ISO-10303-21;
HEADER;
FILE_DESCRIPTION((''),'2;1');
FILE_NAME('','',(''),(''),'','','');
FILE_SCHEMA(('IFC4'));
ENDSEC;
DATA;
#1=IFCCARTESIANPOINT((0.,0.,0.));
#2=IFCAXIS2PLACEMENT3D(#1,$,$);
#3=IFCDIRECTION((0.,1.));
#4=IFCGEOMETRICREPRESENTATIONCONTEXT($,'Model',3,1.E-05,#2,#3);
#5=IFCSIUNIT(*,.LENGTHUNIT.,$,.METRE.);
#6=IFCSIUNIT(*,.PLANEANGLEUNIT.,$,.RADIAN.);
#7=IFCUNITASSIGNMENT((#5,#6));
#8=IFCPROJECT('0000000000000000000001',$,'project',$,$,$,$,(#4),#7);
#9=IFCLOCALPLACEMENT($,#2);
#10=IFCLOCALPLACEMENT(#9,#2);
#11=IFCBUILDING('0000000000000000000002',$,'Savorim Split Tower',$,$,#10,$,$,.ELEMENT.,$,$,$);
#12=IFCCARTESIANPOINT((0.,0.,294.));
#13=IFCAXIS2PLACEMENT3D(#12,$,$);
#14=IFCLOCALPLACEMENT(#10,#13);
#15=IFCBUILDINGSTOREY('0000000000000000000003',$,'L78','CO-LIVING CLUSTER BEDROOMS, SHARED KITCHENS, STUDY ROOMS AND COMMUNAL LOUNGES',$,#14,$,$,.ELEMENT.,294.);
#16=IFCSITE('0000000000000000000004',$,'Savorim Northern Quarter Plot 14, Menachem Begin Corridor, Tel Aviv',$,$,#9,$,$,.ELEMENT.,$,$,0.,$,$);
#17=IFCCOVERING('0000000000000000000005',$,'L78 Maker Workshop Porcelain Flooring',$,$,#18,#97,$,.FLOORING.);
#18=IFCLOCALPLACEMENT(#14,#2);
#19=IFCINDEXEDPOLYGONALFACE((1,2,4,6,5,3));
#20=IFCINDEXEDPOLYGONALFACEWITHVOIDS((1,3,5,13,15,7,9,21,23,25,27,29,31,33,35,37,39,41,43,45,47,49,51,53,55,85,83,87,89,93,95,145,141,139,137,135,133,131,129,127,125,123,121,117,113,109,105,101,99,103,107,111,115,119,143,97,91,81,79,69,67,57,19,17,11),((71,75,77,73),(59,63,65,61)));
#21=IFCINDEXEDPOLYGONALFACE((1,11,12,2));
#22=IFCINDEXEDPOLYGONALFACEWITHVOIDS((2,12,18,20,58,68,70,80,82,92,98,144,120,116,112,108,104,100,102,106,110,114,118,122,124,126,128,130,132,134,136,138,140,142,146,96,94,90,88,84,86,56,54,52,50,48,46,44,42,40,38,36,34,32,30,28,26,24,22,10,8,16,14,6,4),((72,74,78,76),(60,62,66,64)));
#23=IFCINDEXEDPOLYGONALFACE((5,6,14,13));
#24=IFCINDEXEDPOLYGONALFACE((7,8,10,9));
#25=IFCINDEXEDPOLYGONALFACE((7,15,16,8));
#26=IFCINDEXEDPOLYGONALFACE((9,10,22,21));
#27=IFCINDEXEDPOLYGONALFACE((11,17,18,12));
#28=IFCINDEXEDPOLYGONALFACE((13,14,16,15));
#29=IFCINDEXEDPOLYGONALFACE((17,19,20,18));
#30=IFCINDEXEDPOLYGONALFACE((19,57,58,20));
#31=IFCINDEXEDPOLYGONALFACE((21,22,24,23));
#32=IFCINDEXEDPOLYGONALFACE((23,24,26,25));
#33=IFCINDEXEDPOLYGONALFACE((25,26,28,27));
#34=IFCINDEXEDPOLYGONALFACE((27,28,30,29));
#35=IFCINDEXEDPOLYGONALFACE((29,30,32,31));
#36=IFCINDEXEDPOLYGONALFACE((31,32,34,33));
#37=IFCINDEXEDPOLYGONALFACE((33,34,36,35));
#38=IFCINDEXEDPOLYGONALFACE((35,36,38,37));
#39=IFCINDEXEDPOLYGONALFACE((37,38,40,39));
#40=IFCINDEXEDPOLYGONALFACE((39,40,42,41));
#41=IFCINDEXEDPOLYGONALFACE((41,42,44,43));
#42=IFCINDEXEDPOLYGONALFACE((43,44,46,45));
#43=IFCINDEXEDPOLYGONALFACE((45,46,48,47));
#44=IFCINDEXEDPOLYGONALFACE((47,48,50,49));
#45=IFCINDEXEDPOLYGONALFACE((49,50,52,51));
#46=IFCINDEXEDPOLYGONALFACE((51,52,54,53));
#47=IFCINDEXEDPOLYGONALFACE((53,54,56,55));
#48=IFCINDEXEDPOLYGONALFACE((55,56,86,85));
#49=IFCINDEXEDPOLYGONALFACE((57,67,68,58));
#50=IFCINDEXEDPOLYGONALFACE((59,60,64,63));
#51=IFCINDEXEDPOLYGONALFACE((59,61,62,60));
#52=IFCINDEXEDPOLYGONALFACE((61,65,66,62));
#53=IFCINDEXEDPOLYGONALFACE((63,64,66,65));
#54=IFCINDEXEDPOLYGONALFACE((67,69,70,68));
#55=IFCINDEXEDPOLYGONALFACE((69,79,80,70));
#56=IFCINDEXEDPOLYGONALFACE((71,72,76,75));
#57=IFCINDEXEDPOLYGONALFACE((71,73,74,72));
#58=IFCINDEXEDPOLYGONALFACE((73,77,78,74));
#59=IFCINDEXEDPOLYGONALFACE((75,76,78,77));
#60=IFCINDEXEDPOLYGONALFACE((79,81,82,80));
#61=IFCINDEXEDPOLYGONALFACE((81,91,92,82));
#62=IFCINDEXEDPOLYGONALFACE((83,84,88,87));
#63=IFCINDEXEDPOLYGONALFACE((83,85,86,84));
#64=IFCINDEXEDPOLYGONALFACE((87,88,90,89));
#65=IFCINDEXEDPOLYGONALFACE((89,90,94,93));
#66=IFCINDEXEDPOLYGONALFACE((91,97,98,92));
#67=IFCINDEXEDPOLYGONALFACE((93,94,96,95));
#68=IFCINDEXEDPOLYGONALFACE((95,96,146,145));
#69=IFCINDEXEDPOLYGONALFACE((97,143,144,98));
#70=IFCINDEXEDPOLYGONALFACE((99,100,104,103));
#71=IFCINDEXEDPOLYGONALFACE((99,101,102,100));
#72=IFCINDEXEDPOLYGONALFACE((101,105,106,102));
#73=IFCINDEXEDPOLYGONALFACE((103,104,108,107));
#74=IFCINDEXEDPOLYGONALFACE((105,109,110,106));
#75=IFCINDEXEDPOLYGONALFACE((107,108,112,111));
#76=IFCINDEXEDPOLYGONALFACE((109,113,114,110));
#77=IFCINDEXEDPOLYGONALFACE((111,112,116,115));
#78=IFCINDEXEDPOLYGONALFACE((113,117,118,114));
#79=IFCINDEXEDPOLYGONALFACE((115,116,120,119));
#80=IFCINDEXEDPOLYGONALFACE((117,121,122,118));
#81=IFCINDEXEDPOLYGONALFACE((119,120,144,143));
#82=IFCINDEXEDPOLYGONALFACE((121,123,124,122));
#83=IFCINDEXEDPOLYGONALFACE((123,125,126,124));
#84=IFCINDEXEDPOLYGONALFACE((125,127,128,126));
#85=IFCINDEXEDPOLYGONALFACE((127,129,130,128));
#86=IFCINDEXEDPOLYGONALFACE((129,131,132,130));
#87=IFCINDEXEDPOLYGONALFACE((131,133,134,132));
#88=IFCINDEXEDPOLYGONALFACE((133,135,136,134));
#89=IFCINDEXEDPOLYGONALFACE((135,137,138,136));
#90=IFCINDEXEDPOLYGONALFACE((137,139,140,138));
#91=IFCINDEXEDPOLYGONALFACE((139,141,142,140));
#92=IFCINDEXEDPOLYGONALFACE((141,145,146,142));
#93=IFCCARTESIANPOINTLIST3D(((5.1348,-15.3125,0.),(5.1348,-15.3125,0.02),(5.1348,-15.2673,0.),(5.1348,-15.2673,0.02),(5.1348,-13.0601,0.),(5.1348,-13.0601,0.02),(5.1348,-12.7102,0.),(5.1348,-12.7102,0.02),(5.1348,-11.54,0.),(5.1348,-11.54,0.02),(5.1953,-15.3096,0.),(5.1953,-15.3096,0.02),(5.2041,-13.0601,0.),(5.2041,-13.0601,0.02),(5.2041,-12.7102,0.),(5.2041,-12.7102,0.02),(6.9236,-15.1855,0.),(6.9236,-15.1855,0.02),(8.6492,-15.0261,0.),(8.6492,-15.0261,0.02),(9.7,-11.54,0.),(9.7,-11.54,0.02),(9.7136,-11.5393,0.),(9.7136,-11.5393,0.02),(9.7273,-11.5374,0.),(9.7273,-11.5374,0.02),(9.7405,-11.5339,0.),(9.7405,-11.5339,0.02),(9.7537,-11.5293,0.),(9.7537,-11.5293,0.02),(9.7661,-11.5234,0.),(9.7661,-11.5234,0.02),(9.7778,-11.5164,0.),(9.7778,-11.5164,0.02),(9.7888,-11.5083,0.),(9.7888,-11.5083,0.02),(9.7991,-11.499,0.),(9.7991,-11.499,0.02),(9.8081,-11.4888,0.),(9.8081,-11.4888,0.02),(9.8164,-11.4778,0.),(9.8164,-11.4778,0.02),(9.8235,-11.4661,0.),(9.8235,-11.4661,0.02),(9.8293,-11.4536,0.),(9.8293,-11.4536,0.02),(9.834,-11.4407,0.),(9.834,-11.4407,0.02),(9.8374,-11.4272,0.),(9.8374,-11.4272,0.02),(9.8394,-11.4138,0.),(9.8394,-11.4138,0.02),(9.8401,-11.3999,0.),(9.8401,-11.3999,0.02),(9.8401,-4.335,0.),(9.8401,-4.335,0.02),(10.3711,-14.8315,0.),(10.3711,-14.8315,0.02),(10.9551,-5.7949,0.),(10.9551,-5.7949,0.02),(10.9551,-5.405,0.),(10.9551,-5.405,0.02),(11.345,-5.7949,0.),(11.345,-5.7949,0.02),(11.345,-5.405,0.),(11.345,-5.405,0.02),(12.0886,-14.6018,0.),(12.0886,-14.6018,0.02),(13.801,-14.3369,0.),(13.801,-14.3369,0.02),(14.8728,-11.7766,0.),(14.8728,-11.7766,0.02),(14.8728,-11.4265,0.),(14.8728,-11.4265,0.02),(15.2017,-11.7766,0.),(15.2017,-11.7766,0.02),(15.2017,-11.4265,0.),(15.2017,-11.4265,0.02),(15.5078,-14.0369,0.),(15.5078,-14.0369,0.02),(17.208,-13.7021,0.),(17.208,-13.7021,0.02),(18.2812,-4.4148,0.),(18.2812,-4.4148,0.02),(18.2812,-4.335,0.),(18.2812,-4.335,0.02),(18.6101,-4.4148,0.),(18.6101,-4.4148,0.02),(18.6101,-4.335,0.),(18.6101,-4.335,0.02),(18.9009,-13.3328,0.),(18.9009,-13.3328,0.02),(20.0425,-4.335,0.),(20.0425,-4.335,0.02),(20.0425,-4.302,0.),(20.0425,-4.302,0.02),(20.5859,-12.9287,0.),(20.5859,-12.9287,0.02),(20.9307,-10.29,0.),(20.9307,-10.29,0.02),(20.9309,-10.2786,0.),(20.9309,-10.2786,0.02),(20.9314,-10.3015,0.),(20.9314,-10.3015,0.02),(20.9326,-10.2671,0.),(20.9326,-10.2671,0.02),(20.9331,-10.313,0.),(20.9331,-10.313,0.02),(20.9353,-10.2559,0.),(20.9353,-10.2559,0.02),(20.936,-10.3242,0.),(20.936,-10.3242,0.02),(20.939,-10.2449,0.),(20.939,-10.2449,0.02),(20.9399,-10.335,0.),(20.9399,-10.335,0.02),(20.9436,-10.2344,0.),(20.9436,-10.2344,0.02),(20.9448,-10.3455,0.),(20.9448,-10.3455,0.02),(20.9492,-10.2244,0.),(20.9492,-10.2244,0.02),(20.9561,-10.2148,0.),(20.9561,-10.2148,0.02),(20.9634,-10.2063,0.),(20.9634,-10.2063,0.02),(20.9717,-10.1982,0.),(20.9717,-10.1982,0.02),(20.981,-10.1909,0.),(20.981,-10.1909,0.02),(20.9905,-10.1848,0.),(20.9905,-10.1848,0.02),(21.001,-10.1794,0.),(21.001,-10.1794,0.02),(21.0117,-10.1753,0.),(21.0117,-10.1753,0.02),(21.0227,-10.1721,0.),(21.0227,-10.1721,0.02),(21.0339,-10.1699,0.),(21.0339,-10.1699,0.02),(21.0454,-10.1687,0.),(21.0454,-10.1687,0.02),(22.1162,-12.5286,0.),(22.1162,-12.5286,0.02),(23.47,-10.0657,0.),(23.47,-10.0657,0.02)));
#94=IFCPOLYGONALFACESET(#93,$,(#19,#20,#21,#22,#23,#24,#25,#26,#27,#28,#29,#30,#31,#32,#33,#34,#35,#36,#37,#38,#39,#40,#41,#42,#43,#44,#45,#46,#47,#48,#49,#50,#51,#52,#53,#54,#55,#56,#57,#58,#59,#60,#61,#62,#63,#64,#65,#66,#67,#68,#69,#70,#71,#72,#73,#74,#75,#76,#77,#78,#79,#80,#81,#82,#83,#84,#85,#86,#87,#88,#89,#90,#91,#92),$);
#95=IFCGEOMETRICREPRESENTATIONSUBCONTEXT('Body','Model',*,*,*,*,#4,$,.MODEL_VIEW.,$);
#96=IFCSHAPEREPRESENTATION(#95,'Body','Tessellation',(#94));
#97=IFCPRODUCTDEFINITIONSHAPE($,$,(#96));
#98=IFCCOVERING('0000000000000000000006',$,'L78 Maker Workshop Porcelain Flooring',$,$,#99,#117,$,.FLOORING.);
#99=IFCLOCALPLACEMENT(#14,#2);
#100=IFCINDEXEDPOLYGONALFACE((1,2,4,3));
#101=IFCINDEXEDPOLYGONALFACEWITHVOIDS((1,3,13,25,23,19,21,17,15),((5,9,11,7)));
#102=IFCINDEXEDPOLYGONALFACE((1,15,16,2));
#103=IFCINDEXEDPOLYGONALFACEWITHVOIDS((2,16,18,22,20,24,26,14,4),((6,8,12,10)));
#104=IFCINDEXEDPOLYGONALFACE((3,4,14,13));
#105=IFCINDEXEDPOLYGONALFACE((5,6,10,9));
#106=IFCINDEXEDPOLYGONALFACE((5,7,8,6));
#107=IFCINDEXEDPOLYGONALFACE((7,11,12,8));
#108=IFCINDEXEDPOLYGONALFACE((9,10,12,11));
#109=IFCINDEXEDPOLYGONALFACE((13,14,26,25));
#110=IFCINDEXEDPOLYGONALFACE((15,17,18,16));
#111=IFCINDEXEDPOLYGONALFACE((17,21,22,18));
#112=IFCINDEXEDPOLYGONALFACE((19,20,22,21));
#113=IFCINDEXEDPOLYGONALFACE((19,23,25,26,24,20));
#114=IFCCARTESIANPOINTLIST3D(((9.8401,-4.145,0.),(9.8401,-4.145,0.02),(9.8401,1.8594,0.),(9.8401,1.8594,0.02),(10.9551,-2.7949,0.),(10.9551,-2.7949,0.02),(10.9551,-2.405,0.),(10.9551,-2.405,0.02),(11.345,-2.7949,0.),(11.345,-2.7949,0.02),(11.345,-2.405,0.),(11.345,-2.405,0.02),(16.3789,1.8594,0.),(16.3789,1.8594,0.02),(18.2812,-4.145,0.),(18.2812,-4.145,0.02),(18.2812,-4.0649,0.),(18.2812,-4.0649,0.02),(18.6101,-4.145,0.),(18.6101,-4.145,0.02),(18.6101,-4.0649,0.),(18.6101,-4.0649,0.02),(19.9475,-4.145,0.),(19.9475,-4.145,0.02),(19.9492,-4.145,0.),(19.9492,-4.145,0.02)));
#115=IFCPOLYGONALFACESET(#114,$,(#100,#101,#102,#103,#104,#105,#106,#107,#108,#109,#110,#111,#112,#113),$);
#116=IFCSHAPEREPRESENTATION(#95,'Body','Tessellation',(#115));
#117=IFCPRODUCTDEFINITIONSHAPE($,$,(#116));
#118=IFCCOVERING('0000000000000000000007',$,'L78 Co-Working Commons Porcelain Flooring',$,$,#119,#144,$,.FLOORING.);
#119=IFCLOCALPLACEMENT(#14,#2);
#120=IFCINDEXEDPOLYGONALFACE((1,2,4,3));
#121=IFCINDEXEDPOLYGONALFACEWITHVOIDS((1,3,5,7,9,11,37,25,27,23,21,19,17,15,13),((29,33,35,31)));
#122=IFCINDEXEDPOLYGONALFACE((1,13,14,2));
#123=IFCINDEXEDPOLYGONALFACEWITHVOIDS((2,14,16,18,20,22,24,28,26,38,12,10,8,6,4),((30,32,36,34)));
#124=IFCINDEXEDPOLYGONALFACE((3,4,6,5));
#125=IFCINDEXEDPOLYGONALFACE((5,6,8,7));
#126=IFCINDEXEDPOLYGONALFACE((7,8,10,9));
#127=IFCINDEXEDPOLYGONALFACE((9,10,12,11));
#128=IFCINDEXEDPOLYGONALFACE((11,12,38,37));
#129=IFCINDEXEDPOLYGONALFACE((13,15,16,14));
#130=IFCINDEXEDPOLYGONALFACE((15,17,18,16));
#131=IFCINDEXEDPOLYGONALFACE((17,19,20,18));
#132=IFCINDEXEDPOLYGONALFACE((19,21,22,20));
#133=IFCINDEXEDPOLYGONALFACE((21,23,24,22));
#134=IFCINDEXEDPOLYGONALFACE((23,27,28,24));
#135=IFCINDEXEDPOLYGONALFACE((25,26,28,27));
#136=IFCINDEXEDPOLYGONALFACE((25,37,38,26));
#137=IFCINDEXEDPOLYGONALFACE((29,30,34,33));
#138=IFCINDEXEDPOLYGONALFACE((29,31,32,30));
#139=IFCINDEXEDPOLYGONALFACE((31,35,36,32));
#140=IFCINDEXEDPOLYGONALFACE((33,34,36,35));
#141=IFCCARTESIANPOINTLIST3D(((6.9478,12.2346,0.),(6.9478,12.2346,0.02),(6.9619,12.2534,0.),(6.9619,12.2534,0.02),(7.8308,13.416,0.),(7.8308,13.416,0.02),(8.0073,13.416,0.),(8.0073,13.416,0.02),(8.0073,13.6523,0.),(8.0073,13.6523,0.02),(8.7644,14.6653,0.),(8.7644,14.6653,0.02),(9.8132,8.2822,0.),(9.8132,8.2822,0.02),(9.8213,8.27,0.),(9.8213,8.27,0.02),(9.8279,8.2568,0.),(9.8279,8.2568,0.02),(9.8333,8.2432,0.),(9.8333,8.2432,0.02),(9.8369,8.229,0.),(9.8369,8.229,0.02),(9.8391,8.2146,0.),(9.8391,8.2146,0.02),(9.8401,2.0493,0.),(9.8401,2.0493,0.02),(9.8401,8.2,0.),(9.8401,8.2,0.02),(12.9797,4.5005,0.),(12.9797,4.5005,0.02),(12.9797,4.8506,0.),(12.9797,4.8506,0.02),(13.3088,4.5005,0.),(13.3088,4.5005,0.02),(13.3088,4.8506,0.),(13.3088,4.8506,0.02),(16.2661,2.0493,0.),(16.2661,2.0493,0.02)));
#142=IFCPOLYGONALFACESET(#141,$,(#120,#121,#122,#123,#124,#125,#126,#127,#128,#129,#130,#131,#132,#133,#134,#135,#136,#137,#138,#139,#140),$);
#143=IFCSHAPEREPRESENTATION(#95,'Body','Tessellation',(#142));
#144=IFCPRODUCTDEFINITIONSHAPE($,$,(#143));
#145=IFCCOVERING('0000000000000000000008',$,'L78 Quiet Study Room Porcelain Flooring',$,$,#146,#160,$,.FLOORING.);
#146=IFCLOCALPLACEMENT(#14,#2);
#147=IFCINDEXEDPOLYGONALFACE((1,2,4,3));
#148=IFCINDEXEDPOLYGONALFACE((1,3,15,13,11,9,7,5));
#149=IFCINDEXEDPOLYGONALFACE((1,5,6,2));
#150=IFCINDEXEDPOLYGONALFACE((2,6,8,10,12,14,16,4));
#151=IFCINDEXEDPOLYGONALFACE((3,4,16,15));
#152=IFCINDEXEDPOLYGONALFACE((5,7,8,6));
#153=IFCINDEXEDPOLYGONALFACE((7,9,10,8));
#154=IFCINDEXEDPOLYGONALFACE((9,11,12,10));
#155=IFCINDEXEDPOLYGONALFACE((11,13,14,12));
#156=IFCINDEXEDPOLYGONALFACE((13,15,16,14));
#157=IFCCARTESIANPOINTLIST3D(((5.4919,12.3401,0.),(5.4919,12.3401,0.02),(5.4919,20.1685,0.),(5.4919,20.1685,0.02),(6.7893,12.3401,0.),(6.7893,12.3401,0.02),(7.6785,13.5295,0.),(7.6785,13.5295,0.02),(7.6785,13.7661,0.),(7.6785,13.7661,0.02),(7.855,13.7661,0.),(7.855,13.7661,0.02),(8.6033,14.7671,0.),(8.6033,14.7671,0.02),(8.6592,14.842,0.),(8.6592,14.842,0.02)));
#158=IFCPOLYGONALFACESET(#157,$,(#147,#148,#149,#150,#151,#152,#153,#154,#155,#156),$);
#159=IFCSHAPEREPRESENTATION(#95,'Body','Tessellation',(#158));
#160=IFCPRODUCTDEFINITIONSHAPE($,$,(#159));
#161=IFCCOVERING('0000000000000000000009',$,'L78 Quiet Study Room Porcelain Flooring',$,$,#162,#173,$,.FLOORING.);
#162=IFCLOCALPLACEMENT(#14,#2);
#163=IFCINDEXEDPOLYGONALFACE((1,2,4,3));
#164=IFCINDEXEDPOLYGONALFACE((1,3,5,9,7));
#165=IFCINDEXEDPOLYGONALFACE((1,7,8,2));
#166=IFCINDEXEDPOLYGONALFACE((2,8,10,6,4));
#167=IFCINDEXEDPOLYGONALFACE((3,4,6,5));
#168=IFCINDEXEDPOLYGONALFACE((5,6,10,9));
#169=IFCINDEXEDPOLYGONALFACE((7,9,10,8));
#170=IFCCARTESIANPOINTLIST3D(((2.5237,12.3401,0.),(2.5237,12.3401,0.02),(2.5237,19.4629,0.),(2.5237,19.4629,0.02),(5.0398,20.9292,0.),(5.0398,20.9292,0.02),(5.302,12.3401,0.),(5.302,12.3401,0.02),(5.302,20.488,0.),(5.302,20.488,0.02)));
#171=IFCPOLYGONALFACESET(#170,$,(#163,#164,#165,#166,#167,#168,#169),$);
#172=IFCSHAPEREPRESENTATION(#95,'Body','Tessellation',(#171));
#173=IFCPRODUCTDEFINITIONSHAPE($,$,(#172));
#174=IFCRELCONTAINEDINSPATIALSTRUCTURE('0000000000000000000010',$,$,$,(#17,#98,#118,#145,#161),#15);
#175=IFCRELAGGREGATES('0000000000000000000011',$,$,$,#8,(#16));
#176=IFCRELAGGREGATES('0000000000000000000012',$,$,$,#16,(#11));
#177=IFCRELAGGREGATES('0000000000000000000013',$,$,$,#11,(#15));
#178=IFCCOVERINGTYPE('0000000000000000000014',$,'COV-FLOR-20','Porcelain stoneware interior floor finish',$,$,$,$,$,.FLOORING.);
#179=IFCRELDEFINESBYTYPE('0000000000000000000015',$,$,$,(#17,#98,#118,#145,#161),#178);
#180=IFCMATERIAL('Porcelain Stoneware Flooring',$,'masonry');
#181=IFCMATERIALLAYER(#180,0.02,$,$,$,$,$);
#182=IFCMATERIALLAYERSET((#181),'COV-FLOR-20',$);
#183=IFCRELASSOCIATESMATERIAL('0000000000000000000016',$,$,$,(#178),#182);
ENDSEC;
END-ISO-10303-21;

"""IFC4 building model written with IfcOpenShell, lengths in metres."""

from ifc_helpers import new_model, si_unit, direction, frame, origin, place, context, subcontext, project, spatial, polyline, outline, extrude, material, layer, layer_set, type_object, element, save


model = new_model("IFC4")

# Units and contexts
model_context = context("Model", 3, precision=1e-05, world=origin(), true_north=direction((0.0, 1.0)))
body_context = subcontext(model_context, "Body", "Model", "MODEL_VIEW")
ifc_project = project(units=[si_unit("LENGTHUNIT", "METRE"), si_unit("PLANEANGLEUNIT", "RADIAN")], contexts=[model_context])

# Site, building, storey
site_placement = place(None, origin())
site = spatial("IfcSite", under=ifc_project, at=site_placement, Name="Savorim Northern Quarter Plot 14, Menachem Begin Corridor, Tel Aviv", CompositionType="ELEMENT", RefElevation=0.0)
building_placement = place(site_placement, origin())
building = spatial("IfcBuilding", under=site, at=building_placement, Name="Savorim Split Tower", CompositionType="ELEMENT")
storey_placement = place(building_placement, frame((0.0, 0.0, 294.0)))
storey = spatial("IfcBuildingStorey", under=building, at=storey_placement, Name="L78", Description="CO-LIVING CLUSTER BEDROOMS, SHARED KITCHENS, STUDY ROOMS AND COMMUNAL LOUNGES", CompositionType="ELEMENT", Elevation=294.0)

# Coverings
ifc_material_1 = material(Name="Porcelain Stoneware Flooring", Category="masonry")
ifc_layer_1 = layer(ifc_material_1, 0.02)
ifc_layer_set_1 = layer_set([ifc_layer_1], Name="COV-FLOR-20")
covering_type_1 = type_object("IfcCoveringType", Name="COV-FLOR-20", Description="Porcelain stoneware interior floor finish", PredefinedType="FLOORING", material=ifc_layer_set_1)
covering_1_placement = place(storey_placement, origin())
element("IfcCovering", 1, at=covering_1_placement, inside=storey, type_object=covering_type_1, Name="L78 Maker Workshop Porcelain Flooring", PredefinedType="FLOORING", context=body_context, shape_type="SweptSolid", body=[
    extrude(outline(polyline([(21.0227, -10.1721), (21.0339, -10.1699), (21.0454, -10.1687), (23.47, -10.0657), (20.0425, -4.302), (20.0425, -4.335), (18.6101, -4.335), (18.6101, -4.4148), (18.2812, -4.4148), (18.2812, -4.335), (9.8401, -4.335), (9.8401, -11.3999), (9.8394, -11.4138), (9.8374, -11.4272), (9.834, -11.4407), (9.8293, -11.4536), (9.8235, -11.4661), (9.8164, -11.4778), (9.8081, -11.4888), (9.7991, -11.499), (9.7888, -11.5083), (9.7778, -11.5164), (9.7661, -11.5234), (9.7537, -11.5293), (9.7405, -11.5339), (9.7273, -11.5374), (9.7136, -11.5393), (9.7, -11.54), (5.1348, -11.54), (5.1348, -12.7102), (5.2041, -12.7102), (5.2041, -13.0601), (5.1348, -13.0601), (5.1348, -15.2673), (5.1348, -15.3125), (5.1953, -15.3096), (6.9236, -15.1855), (8.6492, -15.0261), (10.3711, -14.8315), (12.0886, -14.6018), (13.801, -14.3369), (15.5078, -14.0369), (17.208, -13.7021), (18.9009, -13.3328), (20.5859, -12.9287), (22.1162, -12.5286), (20.9448, -10.3455), (20.9399, -10.335), (20.936, -10.3242), (20.9331, -10.313), (20.9314, -10.3015), (20.9307, -10.29), (20.9309, -10.2786), (20.9326, -10.2671), (20.9353, -10.2559), (20.939, -10.2449), (20.9436, -10.2344), (20.9492, -10.2244), (20.9561, -10.2148), (20.9634, -10.2063), (20.9717, -10.1982), (20.981, -10.1909), (20.9905, -10.1848), (21.001, -10.1794), (21.0117, -10.1753), (21.0227, -10.1721)]), holes=[polyline([(14.8728, -11.4265), (14.8728, -11.7766), (15.2017, -11.7766), (15.2017, -11.4265), (14.8728, -11.4265)]), polyline([(11.345, -5.405), (10.9551, -5.405), (10.9551, -5.7949), (11.345, -5.7949), (11.345, -5.405)])]), origin(), (0.0, 0.0, 1.0), 0.02),
])
covering_2_placement = place(storey_placement, origin())
element("IfcCovering", 2, at=covering_2_placement, inside=storey, type_object=covering_type_1, Name="L78 Maker Workshop Porcelain Flooring", PredefinedType="FLOORING", context=body_context, shape_type="SweptSolid", body=[
    extrude(outline(polyline([(18.6101, -4.0649), (18.6101, -4.145), (19.9475, -4.145), (19.9492, -4.145), (16.3789, 1.8594), (9.8401, 1.8594), (9.8401, -4.145), (18.2812, -4.145), (18.2812, -4.0649), (18.6101, -4.0649)]), holes=[polyline([(10.9551, -2.405), (10.9551, -2.7949), (11.345, -2.7949), (11.345, -2.405), (10.9551, -2.405)])]), origin(), (0.0, 0.0, 1.0), 0.02),
])
covering_3_placement = place(storey_placement, origin())
element("IfcCovering", 3, at=covering_3_placement, inside=storey, type_object=covering_type_1, Name="L78 Co-Working Commons Porcelain Flooring", PredefinedType="FLOORING", context=body_context, shape_type="SweptSolid", body=[
    extrude(outline(polyline([(9.8369, 8.229), (9.8391, 8.2146), (9.8401, 8.2), (9.8401, 2.0493), (16.2661, 2.0493), (8.7644, 14.6653), (8.0073, 13.6523), (8.0073, 13.416), (7.8308, 13.416), (6.9619, 12.2534), (6.9478, 12.2346), (9.8132, 8.2822), (9.8213, 8.27), (9.8279, 8.2568), (9.8333, 8.2432), (9.8369, 8.229)]), holes=[polyline([(12.9797, 4.8506), (12.9797, 4.5005), (13.3088, 4.5005), (13.3088, 4.8506), (12.9797, 4.8506)])]), origin(), (0.0, 0.0, 1.0), 0.02),
])
covering_4_placement = place(storey_placement, origin())
element("IfcCovering", 4, at=covering_4_placement, inside=storey, type_object=covering_type_1, Name="L78 Quiet Study Room Porcelain Flooring", PredefinedType="FLOORING", context=body_context, shape_type="SweptSolid", body=[
    extrude(outline(polyline([(7.855, 13.7661), (8.6033, 14.7671), (8.6592, 14.842), (5.4919, 20.1685), (5.4919, 12.3401), (6.7893, 12.3401), (7.6785, 13.5295), (7.6785, 13.7661), (7.855, 13.7661)])), origin(), (0.0, 0.0, 1.0), 0.02),
])
covering_5_placement = place(storey_placement, origin())
element("IfcCovering", 5, at=covering_5_placement, inside=storey, type_object=covering_type_1, Name="L78 Quiet Study Room Porcelain Flooring", PredefinedType="FLOORING", context=body_context, shape_type="SweptSolid", body=[
    extrude(outline(polyline([(5.302, 12.3401), (5.302, 20.488), (5.0398, 20.9292), (2.5237, 19.4629), (2.5237, 12.3401), (5.302, 12.3401)])), origin(), (0.0, 0.0, 1.0), 0.02),
])

save(model, "model.ifc")
